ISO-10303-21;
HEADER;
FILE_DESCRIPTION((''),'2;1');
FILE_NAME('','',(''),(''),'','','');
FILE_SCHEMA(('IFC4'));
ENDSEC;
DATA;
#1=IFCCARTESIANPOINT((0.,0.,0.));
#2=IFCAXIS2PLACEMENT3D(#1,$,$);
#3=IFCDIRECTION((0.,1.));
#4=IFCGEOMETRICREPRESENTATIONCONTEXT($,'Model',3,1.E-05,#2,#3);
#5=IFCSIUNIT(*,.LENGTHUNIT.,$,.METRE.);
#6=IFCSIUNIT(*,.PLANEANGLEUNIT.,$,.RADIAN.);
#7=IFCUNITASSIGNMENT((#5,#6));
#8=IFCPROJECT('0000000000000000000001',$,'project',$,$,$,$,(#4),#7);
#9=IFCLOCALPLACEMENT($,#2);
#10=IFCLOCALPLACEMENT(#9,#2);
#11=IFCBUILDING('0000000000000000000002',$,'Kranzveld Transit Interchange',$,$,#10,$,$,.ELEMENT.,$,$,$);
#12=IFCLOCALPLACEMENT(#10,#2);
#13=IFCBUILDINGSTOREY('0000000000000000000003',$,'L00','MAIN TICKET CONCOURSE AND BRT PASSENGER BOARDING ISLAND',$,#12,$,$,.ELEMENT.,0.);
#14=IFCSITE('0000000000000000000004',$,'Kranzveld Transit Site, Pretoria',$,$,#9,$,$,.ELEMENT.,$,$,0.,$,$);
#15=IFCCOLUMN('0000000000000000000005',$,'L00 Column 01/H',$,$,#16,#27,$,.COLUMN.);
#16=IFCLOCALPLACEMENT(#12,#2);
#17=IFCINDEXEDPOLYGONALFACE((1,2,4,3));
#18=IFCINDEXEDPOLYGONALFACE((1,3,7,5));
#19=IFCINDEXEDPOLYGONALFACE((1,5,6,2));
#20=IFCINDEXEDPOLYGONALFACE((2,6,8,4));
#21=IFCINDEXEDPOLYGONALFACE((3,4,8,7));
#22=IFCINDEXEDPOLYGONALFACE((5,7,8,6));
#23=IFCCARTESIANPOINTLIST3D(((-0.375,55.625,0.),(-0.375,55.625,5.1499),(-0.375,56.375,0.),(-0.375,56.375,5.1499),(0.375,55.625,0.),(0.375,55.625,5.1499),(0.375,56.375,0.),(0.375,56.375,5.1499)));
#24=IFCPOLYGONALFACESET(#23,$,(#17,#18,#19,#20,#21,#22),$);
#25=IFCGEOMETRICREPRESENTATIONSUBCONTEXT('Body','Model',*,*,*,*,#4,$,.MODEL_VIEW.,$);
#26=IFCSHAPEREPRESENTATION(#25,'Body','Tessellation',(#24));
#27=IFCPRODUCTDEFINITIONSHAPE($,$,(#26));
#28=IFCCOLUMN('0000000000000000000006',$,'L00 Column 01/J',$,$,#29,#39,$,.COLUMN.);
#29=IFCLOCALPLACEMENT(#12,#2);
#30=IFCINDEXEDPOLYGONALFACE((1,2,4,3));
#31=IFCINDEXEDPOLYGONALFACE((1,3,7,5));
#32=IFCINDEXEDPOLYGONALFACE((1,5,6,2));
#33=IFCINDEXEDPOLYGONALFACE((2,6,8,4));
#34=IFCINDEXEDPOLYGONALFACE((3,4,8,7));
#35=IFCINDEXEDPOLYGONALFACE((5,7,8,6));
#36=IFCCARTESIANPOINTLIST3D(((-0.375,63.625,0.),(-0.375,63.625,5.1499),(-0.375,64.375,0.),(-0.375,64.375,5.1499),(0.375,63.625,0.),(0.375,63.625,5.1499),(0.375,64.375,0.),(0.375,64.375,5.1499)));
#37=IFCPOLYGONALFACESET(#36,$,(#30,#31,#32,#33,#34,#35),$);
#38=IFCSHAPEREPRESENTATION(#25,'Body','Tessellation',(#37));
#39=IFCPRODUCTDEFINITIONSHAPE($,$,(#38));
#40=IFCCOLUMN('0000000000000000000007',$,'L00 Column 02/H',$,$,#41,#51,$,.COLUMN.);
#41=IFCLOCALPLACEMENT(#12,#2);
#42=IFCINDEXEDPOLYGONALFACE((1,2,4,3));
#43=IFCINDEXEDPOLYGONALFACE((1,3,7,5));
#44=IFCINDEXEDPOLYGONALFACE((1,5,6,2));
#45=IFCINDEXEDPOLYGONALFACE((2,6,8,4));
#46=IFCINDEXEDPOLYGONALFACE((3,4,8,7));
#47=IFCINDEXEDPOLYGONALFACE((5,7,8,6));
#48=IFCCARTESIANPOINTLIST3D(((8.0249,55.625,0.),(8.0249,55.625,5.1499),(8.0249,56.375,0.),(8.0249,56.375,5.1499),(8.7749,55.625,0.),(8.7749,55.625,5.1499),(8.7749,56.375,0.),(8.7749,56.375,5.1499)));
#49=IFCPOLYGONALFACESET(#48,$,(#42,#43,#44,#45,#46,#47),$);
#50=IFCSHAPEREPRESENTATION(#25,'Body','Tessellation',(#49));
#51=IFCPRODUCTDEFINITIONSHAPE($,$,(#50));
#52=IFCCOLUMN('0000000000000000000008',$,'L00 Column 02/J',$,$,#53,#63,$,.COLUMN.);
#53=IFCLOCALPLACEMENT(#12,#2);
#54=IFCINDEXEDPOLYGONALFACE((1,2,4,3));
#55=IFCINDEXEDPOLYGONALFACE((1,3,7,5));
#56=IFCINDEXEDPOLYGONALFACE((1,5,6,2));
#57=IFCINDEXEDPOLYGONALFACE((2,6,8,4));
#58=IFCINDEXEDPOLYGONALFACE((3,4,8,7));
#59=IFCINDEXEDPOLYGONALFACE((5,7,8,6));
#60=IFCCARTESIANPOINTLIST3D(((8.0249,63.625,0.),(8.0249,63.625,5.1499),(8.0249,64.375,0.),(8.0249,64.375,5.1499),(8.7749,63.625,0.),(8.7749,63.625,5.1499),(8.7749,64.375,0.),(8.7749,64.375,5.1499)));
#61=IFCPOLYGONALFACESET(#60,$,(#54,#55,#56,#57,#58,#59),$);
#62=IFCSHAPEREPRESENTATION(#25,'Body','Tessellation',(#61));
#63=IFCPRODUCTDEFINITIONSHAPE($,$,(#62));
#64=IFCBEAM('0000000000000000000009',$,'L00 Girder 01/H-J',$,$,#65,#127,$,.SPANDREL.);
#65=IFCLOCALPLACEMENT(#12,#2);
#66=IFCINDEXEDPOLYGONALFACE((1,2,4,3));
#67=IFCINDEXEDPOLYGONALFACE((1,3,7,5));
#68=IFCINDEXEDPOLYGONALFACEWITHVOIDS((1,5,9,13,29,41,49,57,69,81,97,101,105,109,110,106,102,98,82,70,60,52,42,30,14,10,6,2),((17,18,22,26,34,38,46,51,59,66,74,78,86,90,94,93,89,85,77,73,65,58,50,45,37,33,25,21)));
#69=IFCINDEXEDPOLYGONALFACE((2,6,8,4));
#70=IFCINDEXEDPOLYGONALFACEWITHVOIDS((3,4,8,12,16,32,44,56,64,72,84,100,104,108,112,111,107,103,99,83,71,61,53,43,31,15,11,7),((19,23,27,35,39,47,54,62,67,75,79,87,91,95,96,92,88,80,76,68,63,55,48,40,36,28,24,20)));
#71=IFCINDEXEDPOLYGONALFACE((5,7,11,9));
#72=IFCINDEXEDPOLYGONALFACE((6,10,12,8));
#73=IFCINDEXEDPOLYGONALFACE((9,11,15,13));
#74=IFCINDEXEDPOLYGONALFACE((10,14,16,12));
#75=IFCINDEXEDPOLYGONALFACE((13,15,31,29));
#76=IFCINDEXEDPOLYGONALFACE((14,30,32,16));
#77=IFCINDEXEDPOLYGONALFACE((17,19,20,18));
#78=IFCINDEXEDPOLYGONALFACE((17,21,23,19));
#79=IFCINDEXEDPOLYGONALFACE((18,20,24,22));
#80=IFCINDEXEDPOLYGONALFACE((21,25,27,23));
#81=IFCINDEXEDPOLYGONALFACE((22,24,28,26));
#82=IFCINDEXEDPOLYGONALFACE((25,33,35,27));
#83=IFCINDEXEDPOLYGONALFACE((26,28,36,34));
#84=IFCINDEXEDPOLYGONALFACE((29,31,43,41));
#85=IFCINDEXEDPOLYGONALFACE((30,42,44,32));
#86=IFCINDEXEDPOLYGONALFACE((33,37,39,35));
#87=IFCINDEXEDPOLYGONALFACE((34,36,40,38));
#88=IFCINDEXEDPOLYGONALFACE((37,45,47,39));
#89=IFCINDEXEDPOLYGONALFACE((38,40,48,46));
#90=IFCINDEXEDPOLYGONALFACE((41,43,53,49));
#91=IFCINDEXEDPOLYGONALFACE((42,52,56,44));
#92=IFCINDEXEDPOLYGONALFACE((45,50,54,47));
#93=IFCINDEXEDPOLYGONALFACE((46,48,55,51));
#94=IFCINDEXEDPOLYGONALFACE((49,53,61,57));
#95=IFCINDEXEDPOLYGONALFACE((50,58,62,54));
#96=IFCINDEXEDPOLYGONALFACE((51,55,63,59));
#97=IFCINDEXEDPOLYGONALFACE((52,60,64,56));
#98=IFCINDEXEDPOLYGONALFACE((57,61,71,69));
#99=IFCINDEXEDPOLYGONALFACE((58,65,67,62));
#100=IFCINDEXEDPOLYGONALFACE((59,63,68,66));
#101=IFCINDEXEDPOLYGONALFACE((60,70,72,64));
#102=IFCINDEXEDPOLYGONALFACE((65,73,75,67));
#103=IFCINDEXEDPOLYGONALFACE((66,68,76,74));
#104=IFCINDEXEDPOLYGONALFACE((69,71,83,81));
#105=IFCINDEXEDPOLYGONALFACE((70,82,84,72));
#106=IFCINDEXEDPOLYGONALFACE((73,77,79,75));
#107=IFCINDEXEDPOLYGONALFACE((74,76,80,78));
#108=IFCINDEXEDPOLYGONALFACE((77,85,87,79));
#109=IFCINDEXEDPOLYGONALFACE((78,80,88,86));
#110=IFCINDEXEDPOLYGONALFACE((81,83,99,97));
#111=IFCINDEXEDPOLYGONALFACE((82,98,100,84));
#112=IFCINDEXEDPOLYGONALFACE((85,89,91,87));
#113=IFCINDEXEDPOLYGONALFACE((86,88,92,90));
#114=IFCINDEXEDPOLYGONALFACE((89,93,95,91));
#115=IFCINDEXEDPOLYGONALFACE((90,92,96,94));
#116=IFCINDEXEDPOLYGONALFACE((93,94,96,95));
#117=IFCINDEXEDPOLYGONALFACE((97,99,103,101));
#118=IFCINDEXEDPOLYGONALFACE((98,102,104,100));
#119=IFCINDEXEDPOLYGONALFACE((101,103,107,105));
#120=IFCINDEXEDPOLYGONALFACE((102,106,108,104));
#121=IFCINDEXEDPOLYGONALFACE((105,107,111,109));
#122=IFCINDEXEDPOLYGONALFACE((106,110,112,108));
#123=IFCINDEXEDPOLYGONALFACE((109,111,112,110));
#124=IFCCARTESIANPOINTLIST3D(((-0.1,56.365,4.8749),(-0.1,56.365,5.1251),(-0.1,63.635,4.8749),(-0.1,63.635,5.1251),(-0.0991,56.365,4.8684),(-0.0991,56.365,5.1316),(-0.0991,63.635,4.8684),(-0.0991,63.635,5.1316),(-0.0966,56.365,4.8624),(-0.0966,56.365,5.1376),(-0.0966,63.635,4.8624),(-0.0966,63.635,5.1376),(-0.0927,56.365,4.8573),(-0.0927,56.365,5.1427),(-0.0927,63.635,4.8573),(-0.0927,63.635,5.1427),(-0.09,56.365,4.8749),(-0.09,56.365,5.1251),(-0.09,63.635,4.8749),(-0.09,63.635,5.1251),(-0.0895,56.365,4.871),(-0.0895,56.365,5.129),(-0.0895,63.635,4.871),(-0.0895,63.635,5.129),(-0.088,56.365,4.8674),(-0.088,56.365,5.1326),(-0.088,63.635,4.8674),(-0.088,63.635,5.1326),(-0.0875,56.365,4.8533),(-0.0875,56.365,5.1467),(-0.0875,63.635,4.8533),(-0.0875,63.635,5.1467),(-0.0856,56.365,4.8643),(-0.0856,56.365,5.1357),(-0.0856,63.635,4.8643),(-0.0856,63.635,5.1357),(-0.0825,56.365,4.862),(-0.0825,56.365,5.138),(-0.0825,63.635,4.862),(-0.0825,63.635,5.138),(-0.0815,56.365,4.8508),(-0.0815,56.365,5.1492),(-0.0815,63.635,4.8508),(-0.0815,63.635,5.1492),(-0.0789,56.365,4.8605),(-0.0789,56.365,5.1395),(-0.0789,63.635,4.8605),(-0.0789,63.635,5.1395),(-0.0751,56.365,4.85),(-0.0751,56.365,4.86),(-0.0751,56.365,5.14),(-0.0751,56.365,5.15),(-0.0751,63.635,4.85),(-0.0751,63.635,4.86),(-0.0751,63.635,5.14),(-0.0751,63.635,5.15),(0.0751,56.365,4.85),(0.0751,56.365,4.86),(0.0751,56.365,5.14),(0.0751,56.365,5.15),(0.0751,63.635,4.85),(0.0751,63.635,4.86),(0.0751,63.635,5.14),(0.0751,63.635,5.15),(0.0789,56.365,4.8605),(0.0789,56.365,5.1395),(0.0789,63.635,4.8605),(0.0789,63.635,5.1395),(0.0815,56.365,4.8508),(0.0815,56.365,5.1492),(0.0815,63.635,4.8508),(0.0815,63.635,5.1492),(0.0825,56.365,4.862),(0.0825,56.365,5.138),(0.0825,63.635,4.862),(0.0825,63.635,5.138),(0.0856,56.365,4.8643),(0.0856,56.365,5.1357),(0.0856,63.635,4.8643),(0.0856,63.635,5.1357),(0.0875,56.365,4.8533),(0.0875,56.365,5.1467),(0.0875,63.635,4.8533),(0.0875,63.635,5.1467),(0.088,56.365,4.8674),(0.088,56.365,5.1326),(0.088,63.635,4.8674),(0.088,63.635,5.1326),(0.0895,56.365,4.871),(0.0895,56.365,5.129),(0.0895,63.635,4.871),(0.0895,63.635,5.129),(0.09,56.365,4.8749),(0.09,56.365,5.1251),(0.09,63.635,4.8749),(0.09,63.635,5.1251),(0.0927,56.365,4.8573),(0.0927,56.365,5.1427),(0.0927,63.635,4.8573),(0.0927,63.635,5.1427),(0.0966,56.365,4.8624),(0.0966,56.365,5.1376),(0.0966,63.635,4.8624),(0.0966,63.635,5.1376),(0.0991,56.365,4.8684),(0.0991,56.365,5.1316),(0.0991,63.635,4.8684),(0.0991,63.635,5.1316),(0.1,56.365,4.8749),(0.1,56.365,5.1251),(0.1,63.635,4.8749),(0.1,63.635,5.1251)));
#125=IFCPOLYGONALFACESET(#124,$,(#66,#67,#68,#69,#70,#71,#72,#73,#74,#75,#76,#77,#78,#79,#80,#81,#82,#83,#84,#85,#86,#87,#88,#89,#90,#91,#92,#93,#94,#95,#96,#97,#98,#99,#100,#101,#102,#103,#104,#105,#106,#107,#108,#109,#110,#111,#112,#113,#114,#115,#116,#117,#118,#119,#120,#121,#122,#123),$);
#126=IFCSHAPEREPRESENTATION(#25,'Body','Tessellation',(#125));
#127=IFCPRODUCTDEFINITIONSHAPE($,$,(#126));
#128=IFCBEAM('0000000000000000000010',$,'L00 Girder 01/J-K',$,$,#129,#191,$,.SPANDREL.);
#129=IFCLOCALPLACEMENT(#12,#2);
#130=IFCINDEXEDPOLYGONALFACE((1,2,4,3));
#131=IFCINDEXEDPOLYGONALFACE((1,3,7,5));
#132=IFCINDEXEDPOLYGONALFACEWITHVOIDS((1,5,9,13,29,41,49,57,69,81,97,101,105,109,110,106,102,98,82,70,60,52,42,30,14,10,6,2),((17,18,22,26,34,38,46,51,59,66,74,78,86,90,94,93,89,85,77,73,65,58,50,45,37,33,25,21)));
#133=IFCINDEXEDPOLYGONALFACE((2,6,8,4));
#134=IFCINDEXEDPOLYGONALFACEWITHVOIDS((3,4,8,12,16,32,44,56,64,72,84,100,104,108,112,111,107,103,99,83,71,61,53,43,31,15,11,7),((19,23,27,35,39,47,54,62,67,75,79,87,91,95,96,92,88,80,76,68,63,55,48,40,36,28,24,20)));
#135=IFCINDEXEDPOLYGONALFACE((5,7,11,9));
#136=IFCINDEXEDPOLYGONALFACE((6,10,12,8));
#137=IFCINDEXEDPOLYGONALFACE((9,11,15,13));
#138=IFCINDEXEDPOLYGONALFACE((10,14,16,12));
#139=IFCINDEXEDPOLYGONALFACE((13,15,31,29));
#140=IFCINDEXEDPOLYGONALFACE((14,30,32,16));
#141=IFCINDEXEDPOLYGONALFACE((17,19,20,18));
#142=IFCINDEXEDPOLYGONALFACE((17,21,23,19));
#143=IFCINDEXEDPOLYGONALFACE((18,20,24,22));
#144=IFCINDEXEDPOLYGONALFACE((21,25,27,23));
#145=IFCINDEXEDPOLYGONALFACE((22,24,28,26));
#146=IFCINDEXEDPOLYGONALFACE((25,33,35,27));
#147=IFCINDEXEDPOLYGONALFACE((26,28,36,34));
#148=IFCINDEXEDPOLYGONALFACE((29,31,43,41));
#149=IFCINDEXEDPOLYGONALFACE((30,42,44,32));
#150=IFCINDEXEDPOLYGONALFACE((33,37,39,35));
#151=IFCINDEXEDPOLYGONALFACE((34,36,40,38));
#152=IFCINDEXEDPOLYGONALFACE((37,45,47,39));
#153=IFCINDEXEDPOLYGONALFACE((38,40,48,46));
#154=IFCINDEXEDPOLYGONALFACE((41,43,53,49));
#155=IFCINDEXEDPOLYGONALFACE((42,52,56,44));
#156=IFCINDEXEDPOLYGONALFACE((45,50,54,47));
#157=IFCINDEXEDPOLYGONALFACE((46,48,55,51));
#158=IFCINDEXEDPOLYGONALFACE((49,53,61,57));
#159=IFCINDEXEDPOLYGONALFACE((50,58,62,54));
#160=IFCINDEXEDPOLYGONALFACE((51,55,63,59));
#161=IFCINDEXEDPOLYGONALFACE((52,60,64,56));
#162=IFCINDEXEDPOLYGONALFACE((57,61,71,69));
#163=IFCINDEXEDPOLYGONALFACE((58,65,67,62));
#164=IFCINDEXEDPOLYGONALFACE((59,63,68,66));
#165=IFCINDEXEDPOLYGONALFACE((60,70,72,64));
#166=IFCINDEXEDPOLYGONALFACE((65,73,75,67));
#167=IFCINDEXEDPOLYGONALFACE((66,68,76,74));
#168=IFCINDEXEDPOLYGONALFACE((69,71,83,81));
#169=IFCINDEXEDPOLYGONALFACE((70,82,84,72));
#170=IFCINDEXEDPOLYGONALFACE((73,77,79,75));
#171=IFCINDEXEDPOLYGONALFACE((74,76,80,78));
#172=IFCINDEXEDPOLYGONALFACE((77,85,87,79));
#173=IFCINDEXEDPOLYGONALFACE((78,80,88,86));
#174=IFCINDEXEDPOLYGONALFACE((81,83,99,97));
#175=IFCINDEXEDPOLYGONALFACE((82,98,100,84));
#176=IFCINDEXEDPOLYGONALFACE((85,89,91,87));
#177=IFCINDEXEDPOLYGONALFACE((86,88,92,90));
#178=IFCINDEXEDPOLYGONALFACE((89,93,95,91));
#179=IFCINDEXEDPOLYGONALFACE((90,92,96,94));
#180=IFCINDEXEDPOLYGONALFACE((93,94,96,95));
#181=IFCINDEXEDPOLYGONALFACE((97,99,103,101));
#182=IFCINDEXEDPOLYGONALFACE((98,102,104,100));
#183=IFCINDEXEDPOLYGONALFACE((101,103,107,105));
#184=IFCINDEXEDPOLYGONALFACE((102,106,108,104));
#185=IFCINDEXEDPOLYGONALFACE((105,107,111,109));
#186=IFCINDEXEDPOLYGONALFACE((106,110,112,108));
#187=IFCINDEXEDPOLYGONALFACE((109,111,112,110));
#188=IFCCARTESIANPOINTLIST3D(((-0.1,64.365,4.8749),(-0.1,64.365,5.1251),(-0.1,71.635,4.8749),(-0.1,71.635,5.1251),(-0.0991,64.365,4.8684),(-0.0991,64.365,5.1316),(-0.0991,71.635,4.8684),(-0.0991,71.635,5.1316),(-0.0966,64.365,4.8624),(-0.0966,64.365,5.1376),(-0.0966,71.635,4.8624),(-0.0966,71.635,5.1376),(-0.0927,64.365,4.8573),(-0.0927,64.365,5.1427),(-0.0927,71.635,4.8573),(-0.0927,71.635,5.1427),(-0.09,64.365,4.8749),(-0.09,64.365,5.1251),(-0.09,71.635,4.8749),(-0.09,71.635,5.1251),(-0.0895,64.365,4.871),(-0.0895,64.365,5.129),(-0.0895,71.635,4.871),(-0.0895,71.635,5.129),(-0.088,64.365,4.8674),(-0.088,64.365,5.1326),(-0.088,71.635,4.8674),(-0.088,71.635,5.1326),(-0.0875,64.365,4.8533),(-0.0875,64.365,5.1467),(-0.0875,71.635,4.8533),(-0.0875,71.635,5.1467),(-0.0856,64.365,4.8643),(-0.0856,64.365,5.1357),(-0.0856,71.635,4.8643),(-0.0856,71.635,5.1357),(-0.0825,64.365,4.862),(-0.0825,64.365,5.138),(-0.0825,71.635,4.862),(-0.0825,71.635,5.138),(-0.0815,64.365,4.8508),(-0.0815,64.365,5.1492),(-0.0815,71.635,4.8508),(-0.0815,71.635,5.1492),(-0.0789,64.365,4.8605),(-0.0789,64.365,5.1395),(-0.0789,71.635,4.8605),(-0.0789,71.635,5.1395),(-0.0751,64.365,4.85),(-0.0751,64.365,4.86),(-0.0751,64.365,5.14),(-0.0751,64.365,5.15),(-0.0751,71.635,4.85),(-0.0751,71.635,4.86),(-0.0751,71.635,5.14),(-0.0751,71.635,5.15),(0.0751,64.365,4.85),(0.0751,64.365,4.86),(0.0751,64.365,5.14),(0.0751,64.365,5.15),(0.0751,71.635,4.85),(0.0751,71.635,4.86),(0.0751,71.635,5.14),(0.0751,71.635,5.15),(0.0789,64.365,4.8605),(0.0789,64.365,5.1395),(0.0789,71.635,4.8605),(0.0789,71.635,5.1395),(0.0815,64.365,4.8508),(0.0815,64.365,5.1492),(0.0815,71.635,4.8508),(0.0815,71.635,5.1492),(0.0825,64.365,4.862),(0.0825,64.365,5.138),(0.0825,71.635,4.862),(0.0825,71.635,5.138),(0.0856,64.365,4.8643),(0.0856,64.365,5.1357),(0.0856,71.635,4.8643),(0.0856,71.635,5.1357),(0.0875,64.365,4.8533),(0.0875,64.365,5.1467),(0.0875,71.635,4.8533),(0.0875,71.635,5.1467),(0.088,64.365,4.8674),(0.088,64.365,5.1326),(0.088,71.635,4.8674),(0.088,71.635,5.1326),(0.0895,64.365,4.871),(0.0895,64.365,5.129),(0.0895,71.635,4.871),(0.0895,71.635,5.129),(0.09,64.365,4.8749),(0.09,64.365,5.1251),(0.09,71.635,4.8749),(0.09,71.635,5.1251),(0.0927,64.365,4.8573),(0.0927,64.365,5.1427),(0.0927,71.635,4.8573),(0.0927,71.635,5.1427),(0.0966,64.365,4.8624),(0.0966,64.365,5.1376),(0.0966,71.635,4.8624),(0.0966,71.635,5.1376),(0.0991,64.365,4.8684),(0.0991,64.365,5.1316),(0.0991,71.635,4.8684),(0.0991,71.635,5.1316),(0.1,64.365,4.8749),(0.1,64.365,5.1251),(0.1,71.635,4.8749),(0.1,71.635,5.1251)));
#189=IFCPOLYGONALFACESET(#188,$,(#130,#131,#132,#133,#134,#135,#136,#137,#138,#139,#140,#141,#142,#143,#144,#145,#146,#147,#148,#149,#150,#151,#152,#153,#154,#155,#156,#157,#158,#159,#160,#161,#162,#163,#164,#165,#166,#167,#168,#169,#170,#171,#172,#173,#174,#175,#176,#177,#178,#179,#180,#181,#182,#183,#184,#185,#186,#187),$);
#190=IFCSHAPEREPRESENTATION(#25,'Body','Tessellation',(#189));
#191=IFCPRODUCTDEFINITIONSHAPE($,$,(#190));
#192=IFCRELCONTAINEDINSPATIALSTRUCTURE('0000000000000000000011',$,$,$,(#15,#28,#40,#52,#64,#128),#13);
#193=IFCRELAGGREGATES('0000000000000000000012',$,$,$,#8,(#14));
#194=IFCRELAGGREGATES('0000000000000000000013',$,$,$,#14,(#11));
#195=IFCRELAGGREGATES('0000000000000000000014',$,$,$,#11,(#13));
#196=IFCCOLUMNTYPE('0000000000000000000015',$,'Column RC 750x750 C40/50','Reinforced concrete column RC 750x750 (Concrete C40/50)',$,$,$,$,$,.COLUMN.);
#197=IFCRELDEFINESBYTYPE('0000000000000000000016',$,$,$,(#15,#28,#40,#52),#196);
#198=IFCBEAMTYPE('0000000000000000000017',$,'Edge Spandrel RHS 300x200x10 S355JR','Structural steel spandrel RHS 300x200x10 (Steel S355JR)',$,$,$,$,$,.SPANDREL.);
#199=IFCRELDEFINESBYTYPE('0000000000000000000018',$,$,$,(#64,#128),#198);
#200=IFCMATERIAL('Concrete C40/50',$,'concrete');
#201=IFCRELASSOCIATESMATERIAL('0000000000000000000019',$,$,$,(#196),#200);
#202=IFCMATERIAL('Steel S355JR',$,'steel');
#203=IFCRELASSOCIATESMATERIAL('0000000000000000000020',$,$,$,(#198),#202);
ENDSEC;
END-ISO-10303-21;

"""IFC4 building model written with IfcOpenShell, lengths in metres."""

from ifc_helpers import new_model, si_unit, direction, frame, origin, origin_2d, place, context, subcontext, project, spatial, rectangle, hollow_rectangle, extrude, material, material_profile, profile_set, type_object, element, save


model = new_model("IFC4")

# Units and contexts
model_context = context("Model", 3, precision=1e-05, world=origin(), true_north=direction((0.0, 1.0)))
body_context = subcontext(model_context, "Body", "Model", "MODEL_VIEW")
ifc_project = project(units=[si_unit("LENGTHUNIT", "METRE"), si_unit("PLANEANGLEUNIT", "RADIAN")], contexts=[model_context])

# Site, building, storey
site_placement = place(None, origin())
site = spatial("IfcSite", under=ifc_project, at=site_placement, Name="Kranzveld Transit Site, Pretoria", CompositionType="ELEMENT", RefElevation=0.0)
building_placement = place(site_placement, origin())
building = spatial("IfcBuilding", under=site, at=building_placement, Name="Kranzveld Transit Interchange", CompositionType="ELEMENT")
storey_placement = place(building_placement, origin())
storey = spatial("IfcBuildingStorey", under=building, at=storey_placement, Name="L00", Description="MAIN TICKET CONCOURSE AND BRT PASSENGER BOARDING ISLAND", CompositionType="ELEMENT", Elevation=0.0)

# Columns
ifc_material_1 = material(Name="Concrete C40/50", Category="concrete")
ifc_material_profile_1 = material_profile(ifc_material_1, rectangle(XDim=0.75, YDim=0.75, at=origin_2d()), Name="RC 750x750")
ifc_profile_set_1 = profile_set([ifc_material_profile_1], Name="Concrete C40/50")
column_type = type_object("IfcColumnType", Name="Column RC 750x750 C40/50", Description="Reinforced concrete column RC 750x750 (Concrete C40/50)", PredefinedType="COLUMN", material=ifc_profile_set_1)
for number, where, z_axis, x_axis, name in (
    (1, (0.0, 56.0, 0.0), (0.0, 0.0, 1.0), (1.0, 0.0, 0.0), "L00 Column 01/H"),
    (2, (0.0, 64.0, 0.0), (0.0, 0.0, 1.0), (1.0, 0.0, 0.0), "L00 Column 01/J"),
    (3, (8.3999, 56.0, 0.0), (0.0, 0.0, 1.0), (1.0, 0.0, 0.0), "L00 Column 02/H"),
    (4, (8.3999, 64.0, 0.0), (0.0, 0.0, 1.0), (1.0, 0.0, 0.0), "L00 Column 02/J"),
):
    element("IfcColumn", number, at=place(storey_placement, frame(where, z_axis=z_axis, x_axis=x_axis)), inside=storey, type_object=column_type, Name=name, PredefinedType="COLUMN", context=body_context, shape_type="SweptSolid", body=[
        extrude(rectangle(XDim=0.75, YDim=0.75, at=origin_2d()), origin(), (0.0, 0.0, 1.0), 5.1499),
    ])

# Beams
ifc_material_2 = material(Name="Steel S355JR", Category="steel")
ifc_material_profile_2 = material_profile(ifc_material_2, hollow_rectangle(XDim=0.2, YDim=0.3, WallThickness=0.01, InnerFilletRadius=0.0149, OuterFilletRadius=0.0249, at=origin_2d()), Name="RHS 300x200x10")
ifc_profile_set_2 = profile_set([ifc_material_profile_2], Name="Steel S355JR")
beam_type_1 = type_object("IfcBeamType", Name="Edge Spandrel RHS 300x200x10 S355JR", Description="Structural steel spandrel RHS 300x200x10 (Steel S355JR)", PredefinedType="SPANDREL", material=ifc_profile_set_2)
for number, where, z_axis, x_axis, name in (
    (5, (0.0, 56.365, 5.0), (0.0, 1.0, 0.0), (-1.0, 0.0, 0.0), "L00 Girder 01/H-J"),
    (6, (0.0, 64.365, 5.0), (0.0, 1.0, 0.0), (-1.0, 0.0, 0.0), "L00 Girder 01/J-K"),
):
    element("IfcBeam", number, at=place(storey_placement, frame(where, z_axis=z_axis, x_axis=x_axis)), inside=storey, type_object=beam_type_1, Name=name, PredefinedType="SPANDREL", context=body_context, shape_type="SweptSolid", body=[
        extrude(hollow_rectangle(XDim=0.2, YDim=0.3, WallThickness=0.01, InnerFilletRadius=0.0149, OuterFilletRadius=0.0249, at=origin_2d()), origin(), (0.0, 0.0, 1.0), 7.27),
    ])

save(model, "model.ifc")
